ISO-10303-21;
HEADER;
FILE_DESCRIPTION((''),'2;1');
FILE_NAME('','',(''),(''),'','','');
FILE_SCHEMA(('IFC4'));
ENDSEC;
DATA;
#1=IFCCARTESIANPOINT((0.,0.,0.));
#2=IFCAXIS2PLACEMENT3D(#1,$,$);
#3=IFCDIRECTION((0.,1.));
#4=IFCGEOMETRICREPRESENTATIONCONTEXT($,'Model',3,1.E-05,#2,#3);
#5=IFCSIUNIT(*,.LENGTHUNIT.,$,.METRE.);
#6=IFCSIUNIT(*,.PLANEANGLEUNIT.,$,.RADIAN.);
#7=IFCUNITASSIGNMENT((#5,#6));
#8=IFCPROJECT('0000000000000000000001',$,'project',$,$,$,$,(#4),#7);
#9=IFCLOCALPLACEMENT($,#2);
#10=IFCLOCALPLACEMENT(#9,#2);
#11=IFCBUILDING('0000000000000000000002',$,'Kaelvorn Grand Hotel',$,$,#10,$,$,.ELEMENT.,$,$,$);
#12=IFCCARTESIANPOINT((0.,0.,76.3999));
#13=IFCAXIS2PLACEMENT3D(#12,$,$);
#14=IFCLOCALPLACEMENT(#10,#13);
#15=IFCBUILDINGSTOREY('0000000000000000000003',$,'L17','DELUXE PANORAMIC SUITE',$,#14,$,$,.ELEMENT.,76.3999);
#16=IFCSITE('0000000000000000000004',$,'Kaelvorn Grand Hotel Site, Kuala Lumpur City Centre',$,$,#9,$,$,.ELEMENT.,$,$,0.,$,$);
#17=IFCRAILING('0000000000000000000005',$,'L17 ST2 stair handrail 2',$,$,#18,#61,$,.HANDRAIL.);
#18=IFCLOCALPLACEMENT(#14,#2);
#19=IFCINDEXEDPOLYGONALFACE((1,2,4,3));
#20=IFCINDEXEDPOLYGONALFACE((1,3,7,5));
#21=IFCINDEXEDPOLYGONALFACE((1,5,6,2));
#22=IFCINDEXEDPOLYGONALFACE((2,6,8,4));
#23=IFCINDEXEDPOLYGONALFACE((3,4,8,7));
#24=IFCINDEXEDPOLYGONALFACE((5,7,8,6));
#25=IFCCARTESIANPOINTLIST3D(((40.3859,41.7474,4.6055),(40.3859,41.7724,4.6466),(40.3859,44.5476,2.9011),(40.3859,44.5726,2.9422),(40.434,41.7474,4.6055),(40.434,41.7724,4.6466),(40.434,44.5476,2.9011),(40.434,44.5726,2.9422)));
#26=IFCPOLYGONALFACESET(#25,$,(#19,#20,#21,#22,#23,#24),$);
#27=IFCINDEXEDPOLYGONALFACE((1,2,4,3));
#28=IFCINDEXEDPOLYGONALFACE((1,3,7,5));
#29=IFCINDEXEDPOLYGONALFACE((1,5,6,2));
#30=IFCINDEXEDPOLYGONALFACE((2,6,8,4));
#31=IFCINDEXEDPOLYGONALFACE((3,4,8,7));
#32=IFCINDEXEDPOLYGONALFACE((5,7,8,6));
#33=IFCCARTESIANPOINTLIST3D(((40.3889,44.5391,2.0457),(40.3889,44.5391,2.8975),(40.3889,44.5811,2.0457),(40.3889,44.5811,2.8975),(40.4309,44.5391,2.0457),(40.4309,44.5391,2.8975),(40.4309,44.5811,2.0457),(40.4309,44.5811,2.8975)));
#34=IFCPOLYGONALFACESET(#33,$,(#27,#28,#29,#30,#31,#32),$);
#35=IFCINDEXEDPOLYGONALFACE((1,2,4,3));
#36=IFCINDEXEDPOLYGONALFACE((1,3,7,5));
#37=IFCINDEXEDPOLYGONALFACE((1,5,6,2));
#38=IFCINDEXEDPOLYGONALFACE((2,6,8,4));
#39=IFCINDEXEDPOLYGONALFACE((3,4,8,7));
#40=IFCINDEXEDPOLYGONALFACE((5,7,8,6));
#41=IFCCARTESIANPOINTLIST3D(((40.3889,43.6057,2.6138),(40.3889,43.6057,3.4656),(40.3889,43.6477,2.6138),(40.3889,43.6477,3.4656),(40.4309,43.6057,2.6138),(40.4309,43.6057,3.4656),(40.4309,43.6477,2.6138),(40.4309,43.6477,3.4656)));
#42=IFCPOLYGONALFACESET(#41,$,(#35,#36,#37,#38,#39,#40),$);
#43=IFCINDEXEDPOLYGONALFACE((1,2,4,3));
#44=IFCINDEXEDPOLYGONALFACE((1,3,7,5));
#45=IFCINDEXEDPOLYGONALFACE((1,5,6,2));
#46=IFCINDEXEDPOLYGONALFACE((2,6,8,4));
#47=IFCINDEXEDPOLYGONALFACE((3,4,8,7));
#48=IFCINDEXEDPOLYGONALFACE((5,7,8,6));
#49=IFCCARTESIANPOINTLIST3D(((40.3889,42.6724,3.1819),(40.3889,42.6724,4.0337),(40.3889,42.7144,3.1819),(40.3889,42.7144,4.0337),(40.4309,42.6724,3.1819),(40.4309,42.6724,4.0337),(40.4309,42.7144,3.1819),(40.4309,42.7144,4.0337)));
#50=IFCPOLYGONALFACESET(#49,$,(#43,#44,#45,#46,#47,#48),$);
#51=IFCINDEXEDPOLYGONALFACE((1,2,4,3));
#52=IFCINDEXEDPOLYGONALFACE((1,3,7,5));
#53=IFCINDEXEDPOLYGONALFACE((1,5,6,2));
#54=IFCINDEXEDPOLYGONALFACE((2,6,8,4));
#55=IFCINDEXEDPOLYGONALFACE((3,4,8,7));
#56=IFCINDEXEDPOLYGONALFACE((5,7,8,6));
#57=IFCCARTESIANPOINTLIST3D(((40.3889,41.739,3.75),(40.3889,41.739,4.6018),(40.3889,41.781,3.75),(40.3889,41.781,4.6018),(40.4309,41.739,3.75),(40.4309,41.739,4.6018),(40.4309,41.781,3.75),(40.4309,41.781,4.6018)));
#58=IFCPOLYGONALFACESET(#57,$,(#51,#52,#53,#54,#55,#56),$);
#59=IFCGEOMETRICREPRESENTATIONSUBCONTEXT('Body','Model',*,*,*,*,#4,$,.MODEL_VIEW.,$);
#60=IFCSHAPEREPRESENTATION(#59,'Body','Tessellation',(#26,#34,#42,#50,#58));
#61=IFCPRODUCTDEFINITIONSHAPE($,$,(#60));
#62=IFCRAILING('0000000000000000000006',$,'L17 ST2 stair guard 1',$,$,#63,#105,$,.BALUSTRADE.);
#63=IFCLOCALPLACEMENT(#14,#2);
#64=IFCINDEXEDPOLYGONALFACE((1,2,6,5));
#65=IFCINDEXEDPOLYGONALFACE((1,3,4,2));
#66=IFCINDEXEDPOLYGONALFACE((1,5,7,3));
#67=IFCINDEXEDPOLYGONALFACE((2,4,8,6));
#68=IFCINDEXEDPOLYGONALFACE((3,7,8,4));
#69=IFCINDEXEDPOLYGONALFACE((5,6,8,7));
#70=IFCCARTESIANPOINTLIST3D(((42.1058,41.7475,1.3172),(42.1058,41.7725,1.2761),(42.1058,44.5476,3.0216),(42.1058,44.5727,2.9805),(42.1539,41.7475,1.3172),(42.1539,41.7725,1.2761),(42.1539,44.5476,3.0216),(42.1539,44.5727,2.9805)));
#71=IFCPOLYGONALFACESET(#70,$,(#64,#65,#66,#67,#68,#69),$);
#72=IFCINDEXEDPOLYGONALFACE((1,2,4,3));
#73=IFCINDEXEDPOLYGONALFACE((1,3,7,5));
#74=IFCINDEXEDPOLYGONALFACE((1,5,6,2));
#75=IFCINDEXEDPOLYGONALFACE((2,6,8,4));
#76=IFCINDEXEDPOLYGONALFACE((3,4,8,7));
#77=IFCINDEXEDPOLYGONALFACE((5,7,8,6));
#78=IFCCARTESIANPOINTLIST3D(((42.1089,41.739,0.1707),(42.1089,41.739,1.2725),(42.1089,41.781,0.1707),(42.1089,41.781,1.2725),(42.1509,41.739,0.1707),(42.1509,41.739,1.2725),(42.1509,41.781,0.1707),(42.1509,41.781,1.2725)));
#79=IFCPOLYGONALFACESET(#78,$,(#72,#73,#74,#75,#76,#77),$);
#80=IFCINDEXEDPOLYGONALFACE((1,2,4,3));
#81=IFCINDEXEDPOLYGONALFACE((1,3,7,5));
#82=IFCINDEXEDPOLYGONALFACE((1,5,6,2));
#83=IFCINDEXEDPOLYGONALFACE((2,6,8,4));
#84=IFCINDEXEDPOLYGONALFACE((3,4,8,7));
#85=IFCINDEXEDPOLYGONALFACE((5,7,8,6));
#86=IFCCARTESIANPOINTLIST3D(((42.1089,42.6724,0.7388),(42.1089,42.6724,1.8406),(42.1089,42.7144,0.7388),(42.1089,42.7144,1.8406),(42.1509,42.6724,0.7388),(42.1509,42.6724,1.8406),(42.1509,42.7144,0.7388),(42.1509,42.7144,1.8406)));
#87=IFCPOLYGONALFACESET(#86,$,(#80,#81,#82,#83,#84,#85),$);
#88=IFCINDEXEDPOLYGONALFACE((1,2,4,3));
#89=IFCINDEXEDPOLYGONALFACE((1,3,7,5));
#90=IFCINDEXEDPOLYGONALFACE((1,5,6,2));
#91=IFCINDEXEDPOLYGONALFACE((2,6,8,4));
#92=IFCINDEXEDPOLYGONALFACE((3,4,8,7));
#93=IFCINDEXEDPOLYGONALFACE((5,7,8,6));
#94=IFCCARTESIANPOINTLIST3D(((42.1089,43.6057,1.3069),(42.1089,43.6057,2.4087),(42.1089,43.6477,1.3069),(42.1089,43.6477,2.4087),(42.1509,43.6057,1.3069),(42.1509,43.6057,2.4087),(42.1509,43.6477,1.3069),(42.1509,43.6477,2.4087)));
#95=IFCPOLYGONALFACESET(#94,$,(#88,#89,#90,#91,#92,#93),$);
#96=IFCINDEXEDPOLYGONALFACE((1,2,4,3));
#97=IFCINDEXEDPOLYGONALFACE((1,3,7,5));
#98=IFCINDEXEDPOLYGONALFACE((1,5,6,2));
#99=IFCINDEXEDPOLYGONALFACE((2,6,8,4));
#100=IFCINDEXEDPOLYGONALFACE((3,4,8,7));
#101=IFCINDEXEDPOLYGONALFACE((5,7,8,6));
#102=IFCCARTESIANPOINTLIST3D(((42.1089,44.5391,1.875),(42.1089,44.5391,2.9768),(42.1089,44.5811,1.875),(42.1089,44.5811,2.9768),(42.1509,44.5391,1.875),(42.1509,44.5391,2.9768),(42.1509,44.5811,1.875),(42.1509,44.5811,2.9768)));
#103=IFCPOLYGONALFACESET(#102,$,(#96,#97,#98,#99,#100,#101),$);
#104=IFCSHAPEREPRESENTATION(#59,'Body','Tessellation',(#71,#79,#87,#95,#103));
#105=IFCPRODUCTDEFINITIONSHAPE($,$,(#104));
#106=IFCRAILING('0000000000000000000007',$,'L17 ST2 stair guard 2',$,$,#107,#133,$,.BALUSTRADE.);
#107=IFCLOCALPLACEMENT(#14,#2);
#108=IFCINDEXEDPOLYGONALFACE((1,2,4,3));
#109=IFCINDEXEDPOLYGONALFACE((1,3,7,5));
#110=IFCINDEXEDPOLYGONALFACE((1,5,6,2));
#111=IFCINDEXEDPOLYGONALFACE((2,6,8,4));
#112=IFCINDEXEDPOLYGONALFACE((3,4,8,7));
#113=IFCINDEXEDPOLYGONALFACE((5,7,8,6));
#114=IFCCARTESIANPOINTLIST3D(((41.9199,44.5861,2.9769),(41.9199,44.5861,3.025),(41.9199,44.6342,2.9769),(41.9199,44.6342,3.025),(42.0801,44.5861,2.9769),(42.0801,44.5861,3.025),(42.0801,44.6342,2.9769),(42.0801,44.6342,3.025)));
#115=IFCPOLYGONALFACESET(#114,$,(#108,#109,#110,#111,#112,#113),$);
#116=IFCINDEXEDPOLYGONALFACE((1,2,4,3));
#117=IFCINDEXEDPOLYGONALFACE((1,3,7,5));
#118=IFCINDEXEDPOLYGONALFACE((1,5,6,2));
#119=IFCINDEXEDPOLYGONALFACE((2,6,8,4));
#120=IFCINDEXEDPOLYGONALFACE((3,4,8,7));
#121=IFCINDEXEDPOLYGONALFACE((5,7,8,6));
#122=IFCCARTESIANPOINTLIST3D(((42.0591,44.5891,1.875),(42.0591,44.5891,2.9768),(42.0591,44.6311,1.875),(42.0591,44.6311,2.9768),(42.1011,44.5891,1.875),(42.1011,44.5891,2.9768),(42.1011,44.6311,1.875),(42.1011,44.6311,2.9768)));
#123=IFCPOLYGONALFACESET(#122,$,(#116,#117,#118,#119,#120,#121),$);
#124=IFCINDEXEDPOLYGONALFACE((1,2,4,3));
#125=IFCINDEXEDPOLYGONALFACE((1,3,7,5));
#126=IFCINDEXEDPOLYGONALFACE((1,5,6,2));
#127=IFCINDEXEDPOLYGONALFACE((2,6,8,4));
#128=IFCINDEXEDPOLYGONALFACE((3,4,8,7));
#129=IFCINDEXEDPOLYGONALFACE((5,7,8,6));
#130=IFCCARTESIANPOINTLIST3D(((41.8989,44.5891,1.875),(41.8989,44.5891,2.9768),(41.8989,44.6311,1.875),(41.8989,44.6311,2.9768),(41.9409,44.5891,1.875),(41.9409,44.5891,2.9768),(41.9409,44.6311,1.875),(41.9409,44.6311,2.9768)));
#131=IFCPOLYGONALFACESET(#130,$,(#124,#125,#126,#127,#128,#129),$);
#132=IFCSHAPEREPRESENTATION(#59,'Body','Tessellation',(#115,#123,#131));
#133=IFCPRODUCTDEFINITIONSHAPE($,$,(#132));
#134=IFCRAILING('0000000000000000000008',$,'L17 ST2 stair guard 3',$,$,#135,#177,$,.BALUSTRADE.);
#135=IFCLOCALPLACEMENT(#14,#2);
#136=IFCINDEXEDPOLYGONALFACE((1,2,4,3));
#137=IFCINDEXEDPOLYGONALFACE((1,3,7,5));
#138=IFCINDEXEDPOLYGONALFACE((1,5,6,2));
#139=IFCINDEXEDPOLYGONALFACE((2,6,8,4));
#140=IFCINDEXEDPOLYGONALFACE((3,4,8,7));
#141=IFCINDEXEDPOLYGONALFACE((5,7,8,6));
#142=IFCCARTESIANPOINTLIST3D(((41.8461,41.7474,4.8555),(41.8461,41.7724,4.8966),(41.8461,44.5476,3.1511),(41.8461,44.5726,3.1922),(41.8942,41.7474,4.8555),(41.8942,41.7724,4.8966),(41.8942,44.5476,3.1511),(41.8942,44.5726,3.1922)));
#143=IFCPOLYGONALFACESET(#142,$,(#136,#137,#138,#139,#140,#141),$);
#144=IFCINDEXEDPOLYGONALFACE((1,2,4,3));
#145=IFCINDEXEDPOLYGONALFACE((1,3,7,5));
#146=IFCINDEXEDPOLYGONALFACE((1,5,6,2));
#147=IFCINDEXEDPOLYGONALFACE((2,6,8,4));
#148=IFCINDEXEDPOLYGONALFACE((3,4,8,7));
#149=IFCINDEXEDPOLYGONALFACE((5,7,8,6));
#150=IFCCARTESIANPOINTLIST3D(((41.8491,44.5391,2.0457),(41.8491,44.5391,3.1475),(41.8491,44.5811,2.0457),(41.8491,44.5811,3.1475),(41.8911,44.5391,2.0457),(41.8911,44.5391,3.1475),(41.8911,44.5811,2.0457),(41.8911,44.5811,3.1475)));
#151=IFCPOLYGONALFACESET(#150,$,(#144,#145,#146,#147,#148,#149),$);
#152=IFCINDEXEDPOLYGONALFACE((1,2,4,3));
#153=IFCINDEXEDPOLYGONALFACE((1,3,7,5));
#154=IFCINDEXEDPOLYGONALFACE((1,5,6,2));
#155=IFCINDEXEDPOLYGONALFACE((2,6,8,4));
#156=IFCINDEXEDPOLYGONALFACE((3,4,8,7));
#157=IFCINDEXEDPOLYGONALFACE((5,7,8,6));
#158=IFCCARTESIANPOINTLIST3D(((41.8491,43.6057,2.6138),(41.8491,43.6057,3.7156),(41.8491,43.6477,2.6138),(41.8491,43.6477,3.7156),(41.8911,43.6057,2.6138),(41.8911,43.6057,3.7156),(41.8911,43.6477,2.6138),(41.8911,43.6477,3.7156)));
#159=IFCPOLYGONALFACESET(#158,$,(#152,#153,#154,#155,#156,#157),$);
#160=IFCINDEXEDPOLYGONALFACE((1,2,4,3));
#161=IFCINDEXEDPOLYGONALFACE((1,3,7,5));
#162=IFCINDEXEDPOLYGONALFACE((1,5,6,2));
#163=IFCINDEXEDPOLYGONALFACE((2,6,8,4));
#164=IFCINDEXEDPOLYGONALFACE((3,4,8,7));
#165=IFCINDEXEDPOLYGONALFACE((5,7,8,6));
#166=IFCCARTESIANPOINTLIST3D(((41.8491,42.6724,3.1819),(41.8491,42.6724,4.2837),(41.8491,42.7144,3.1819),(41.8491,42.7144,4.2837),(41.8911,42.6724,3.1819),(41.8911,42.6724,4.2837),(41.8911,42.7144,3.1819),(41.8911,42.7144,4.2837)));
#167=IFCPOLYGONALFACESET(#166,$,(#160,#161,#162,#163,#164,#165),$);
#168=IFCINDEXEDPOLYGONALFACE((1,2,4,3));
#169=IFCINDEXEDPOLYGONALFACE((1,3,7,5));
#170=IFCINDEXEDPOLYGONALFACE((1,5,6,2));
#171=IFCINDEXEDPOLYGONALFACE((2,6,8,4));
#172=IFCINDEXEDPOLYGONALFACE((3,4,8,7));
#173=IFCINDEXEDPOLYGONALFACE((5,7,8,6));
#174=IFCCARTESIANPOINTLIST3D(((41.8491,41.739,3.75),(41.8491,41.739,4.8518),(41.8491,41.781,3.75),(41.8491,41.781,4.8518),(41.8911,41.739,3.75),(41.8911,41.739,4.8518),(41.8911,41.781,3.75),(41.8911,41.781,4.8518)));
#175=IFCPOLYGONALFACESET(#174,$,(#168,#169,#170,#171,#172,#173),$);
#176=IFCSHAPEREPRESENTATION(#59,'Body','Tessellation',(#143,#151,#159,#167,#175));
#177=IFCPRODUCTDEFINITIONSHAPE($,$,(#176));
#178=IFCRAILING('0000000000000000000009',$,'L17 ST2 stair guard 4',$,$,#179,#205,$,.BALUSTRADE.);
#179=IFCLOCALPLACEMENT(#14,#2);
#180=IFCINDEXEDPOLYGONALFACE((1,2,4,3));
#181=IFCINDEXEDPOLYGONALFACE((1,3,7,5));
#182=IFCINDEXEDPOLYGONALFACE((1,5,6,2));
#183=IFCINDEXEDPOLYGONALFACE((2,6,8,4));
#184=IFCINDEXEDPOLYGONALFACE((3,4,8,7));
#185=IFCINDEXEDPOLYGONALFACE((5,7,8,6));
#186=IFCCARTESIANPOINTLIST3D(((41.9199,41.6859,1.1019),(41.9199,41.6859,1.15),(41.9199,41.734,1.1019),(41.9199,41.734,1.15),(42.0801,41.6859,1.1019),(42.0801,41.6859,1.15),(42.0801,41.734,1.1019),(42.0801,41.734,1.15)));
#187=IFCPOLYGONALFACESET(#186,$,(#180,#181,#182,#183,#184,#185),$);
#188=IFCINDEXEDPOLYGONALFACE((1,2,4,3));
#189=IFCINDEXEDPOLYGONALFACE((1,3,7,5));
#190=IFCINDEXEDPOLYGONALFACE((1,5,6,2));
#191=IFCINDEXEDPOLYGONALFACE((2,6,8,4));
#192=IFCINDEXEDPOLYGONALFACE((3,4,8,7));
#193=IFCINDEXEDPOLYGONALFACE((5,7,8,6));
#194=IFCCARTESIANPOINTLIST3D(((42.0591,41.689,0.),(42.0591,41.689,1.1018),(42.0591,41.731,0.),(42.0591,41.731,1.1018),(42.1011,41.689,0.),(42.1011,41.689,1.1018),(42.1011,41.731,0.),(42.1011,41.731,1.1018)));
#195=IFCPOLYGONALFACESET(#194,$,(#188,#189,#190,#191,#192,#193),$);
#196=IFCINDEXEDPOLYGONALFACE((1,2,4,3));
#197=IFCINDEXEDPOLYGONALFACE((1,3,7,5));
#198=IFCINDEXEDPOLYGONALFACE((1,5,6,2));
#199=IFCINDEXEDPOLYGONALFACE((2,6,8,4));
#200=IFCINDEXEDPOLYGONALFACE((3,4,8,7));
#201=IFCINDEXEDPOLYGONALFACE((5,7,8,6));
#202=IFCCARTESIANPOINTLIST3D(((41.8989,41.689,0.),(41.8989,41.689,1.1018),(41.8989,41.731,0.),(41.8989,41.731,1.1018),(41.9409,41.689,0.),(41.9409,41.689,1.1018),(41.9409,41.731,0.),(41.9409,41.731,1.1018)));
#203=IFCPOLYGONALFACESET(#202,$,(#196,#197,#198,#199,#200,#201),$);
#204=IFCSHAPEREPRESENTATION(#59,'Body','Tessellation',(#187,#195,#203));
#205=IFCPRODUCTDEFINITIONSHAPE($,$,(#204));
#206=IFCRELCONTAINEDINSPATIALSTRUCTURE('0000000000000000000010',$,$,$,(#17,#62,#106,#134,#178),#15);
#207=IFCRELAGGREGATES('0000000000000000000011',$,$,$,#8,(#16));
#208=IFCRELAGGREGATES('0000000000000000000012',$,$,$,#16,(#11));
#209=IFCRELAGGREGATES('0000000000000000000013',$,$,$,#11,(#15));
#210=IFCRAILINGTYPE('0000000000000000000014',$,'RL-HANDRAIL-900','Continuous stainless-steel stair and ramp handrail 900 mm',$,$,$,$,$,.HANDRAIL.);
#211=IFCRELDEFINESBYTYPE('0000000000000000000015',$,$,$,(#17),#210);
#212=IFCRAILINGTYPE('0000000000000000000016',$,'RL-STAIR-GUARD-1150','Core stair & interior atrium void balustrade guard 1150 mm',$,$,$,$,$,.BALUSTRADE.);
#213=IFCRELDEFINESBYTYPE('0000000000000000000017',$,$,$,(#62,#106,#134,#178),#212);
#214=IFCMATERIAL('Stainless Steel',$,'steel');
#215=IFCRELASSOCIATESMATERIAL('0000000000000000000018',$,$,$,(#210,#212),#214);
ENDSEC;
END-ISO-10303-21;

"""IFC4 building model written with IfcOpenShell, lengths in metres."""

from ifc_helpers import new_model, si_unit, direction, frame, origin, origin_2d, place, context, subcontext, project, spatial, rectangle, extrude, material, type_object, element, save


model = new_model("IFC4")

# Units and contexts
model_context = context("Model", 3, precision=1e-05, world=origin(), true_north=direction((0.0, 1.0)))
body_context = subcontext(model_context, "Body", "Model", "MODEL_VIEW")
ifc_project = project(units=[si_unit("LENGTHUNIT", "METRE"), si_unit("PLANEANGLEUNIT", "RADIAN")], contexts=[model_context])

# Site, building, storey
site_placement = place(None, origin())
site = spatial("IfcSite", under=ifc_project, at=site_placement, Name="Kaelvorn Grand Hotel Site, Kuala Lumpur City Centre", CompositionType="ELEMENT", RefElevation=0.0)
building_placement = place(site_placement, origin())
building = spatial("IfcBuilding", under=site, at=building_placement, Name="Kaelvorn Grand Hotel", CompositionType="ELEMENT")
storey_placement = place(building_placement, frame((0.0, 0.0, 76.3999)))
storey = spatial("IfcBuildingStorey", under=building, at=storey_placement, Name="L17", Description="DELUXE PANORAMIC SUITE", CompositionType="ELEMENT", Elevation=76.3999)

# Railings
ifc_material_1 = material(Name="Stainless Steel", Category="steel")
railing_type_1 = type_object("IfcRailingType", Name="RL-HANDRAIL-900", Description="Continuous stainless-steel stair and ramp handrail 900 mm", PredefinedType="HANDRAIL", material=ifc_material_1)
railing_1_placement = place(storey_placement, frame((40.4099, 44.5601, 2.0457)))
element("IfcRailing", 1, at=railing_1_placement, inside=storey, type_object=railing_type_1, Name="L17 ST2 stair handrail 2", PredefinedType="HANDRAIL", context=body_context, shape_type="SweptSolid", body=[
    extrude(rectangle(XDim=0.0481, YDim=0.0481, at=origin_2d()), frame((0.0, 0.0, 0.876), z_axis=(0.0, -0.854203, 0.51994), x_axis=(1.0, 0.0, 0.0)), (0.0, 0.0, 1.0), 3.2781),
    extrude(rectangle(XDim=0.042, YDim=0.042, at=origin_2d()), origin(), (0.0, 0.0, 1.0), 0.8518),
    extrude(rectangle(XDim=0.042, YDim=0.042, at=origin_2d()), frame((0.0, -0.9333, 0.5681)), (0.0, 0.0, 1.0), 0.8518),
    extrude(rectangle(XDim=0.042, YDim=0.042, at=origin_2d()), frame((0.0, -1.8667, 1.1362)), (0.0, 0.0, 1.0), 0.8518),
    extrude(rectangle(XDim=0.042, YDim=0.042, at=origin_2d()), frame((0.0, -2.8, 1.7043)), (0.0, 0.0, 1.0), 0.8518),
])
railing_type_2 = type_object("IfcRailingType", Name="RL-STAIR-GUARD-1150", Description="Core stair & interior atrium void balustrade guard 1150 mm", PredefinedType="BALUSTRADE", material=ifc_material_1)
railing_2_placement = place(storey_placement, frame((42.1299, 41.76, 0.1707)))
element("IfcRailing", 2, at=railing_2_placement, inside=storey, type_object=railing_type_2, Name="L17 ST2 stair guard 1", PredefinedType="BALUSTRADE", context=body_context, shape_type="SweptSolid", body=[
    extrude(rectangle(XDim=0.0481, YDim=0.0481, at=origin_2d()), frame((0.0, 0.0, 1.126), z_axis=(0.0, 0.854203, 0.51994), x_axis=(-1.0, 0.0, 0.0)), (0.0, 0.0, 1.0), 3.2781),
    extrude(rectangle(XDim=0.042, YDim=0.042, at=origin_2d()), origin(), (0.0, 0.0, 1.0), 1.1018),
    extrude(rectangle(XDim=0.042, YDim=0.042, at=origin_2d()), frame((0.0, 0.9333, 0.5681)), (0.0, 0.0, 1.0), 1.1018),
    extrude(rectangle(XDim=0.042, YDim=0.042, at=origin_2d()), frame((0.0, 1.8667, 1.1362)), (0.0, 0.0, 1.0), 1.1018),
    extrude(rectangle(XDim=0.042, YDim=0.042, at=origin_2d()), frame((0.0, 2.8, 1.7043)), (0.0, 0.0, 1.0), 1.1018),
])
railing_3_placement = place(storey_placement, frame((42.0801, 44.6101, 1.875)))
element("IfcRailing", 3, at=railing_3_placement, inside=storey, type_object=railing_type_2, Name="L17 ST2 stair guard 2", PredefinedType="BALUSTRADE", context=body_context, shape_type="SweptSolid", body=[
    extrude(rectangle(XDim=0.0481, YDim=0.0481, at=origin_2d()), frame((0.0, 0.0, 1.126), z_axis=(-1.0, 0.0, 0.0), x_axis=(0.0, -1.0, 0.0)), (0.0, 0.0, 1.0), 0.1602),
    extrude(rectangle(XDim=0.042, YDim=0.042, at=origin_2d()), origin(), (0.0, 0.0, 1.0), 1.1018),
    extrude(rectangle(XDim=0.042, YDim=0.042, at=origin_2d()), frame((-0.1602, 0.0, 0.0)), (0.0, 0.0, 1.0), 1.1018),
])
railing_4_placement = place(storey_placement, frame((41.8701, 44.5601, 2.0457)))
element("IfcRailing", 4, at=railing_4_placement, inside=storey, type_object=railing_type_2, Name="L17 ST2 stair guard 3", PredefinedType="BALUSTRADE", context=body_context, shape_type="SweptSolid", body=[
    extrude(rectangle(XDim=0.0481, YDim=0.0481, at=origin_2d()), frame((0.0, 0.0, 1.126), z_axis=(0.0, -0.854203, 0.51994), x_axis=(1.0, 0.0, 0.0)), (0.0, 0.0, 1.0), 3.2781),
    extrude(rectangle(XDim=0.042, YDim=0.042, at=origin_2d()), origin(), (0.0, 0.0, 1.0), 1.1018),
    extrude(rectangle(XDim=0.042, YDim=0.042, at=origin_2d()), frame((0.0, -0.9333, 0.5681)), (0.0, 0.0, 1.0), 1.1018),
    extrude(rectangle(XDim=0.042, YDim=0.042, at=origin_2d()), frame((0.0, -1.8667, 1.1362)), (0.0, 0.0, 1.0), 1.1018),
    extrude(rectangle(XDim=0.042, YDim=0.042, at=origin_2d()), frame((0.0, -2.8, 1.7043)), (0.0, 0.0, 1.0), 1.1018),
])
railing_5_placement = place(storey_placement, frame((42.0801, 41.71, 0.0)))
element("IfcRailing", 5, at=railing_5_placement, inside=storey, type_object=railing_type_2, Name="L17 ST2 stair guard 4", PredefinedType="BALUSTRADE", context=body_context, shape_type="SweptSolid", body=[
    extrude(rectangle(XDim=0.0481, YDim=0.0481, at=origin_2d()), frame((0.0, 0.0, 1.126), z_axis=(-1.0, 0.0, 0.0), x_axis=(0.0, -1.0, 0.0)), (0.0, 0.0, 1.0), 0.1602),
    extrude(rectangle(XDim=0.042, YDim=0.042, at=origin_2d()), origin(), (0.0, 0.0, 1.0), 1.1018),
    extrude(rectangle(XDim=0.042, YDim=0.042, at=origin_2d()), frame((-0.1602, 0.0, 0.0)), (0.0, 0.0, 1.0), 1.1018),
])

save(model, "model.ifc")
